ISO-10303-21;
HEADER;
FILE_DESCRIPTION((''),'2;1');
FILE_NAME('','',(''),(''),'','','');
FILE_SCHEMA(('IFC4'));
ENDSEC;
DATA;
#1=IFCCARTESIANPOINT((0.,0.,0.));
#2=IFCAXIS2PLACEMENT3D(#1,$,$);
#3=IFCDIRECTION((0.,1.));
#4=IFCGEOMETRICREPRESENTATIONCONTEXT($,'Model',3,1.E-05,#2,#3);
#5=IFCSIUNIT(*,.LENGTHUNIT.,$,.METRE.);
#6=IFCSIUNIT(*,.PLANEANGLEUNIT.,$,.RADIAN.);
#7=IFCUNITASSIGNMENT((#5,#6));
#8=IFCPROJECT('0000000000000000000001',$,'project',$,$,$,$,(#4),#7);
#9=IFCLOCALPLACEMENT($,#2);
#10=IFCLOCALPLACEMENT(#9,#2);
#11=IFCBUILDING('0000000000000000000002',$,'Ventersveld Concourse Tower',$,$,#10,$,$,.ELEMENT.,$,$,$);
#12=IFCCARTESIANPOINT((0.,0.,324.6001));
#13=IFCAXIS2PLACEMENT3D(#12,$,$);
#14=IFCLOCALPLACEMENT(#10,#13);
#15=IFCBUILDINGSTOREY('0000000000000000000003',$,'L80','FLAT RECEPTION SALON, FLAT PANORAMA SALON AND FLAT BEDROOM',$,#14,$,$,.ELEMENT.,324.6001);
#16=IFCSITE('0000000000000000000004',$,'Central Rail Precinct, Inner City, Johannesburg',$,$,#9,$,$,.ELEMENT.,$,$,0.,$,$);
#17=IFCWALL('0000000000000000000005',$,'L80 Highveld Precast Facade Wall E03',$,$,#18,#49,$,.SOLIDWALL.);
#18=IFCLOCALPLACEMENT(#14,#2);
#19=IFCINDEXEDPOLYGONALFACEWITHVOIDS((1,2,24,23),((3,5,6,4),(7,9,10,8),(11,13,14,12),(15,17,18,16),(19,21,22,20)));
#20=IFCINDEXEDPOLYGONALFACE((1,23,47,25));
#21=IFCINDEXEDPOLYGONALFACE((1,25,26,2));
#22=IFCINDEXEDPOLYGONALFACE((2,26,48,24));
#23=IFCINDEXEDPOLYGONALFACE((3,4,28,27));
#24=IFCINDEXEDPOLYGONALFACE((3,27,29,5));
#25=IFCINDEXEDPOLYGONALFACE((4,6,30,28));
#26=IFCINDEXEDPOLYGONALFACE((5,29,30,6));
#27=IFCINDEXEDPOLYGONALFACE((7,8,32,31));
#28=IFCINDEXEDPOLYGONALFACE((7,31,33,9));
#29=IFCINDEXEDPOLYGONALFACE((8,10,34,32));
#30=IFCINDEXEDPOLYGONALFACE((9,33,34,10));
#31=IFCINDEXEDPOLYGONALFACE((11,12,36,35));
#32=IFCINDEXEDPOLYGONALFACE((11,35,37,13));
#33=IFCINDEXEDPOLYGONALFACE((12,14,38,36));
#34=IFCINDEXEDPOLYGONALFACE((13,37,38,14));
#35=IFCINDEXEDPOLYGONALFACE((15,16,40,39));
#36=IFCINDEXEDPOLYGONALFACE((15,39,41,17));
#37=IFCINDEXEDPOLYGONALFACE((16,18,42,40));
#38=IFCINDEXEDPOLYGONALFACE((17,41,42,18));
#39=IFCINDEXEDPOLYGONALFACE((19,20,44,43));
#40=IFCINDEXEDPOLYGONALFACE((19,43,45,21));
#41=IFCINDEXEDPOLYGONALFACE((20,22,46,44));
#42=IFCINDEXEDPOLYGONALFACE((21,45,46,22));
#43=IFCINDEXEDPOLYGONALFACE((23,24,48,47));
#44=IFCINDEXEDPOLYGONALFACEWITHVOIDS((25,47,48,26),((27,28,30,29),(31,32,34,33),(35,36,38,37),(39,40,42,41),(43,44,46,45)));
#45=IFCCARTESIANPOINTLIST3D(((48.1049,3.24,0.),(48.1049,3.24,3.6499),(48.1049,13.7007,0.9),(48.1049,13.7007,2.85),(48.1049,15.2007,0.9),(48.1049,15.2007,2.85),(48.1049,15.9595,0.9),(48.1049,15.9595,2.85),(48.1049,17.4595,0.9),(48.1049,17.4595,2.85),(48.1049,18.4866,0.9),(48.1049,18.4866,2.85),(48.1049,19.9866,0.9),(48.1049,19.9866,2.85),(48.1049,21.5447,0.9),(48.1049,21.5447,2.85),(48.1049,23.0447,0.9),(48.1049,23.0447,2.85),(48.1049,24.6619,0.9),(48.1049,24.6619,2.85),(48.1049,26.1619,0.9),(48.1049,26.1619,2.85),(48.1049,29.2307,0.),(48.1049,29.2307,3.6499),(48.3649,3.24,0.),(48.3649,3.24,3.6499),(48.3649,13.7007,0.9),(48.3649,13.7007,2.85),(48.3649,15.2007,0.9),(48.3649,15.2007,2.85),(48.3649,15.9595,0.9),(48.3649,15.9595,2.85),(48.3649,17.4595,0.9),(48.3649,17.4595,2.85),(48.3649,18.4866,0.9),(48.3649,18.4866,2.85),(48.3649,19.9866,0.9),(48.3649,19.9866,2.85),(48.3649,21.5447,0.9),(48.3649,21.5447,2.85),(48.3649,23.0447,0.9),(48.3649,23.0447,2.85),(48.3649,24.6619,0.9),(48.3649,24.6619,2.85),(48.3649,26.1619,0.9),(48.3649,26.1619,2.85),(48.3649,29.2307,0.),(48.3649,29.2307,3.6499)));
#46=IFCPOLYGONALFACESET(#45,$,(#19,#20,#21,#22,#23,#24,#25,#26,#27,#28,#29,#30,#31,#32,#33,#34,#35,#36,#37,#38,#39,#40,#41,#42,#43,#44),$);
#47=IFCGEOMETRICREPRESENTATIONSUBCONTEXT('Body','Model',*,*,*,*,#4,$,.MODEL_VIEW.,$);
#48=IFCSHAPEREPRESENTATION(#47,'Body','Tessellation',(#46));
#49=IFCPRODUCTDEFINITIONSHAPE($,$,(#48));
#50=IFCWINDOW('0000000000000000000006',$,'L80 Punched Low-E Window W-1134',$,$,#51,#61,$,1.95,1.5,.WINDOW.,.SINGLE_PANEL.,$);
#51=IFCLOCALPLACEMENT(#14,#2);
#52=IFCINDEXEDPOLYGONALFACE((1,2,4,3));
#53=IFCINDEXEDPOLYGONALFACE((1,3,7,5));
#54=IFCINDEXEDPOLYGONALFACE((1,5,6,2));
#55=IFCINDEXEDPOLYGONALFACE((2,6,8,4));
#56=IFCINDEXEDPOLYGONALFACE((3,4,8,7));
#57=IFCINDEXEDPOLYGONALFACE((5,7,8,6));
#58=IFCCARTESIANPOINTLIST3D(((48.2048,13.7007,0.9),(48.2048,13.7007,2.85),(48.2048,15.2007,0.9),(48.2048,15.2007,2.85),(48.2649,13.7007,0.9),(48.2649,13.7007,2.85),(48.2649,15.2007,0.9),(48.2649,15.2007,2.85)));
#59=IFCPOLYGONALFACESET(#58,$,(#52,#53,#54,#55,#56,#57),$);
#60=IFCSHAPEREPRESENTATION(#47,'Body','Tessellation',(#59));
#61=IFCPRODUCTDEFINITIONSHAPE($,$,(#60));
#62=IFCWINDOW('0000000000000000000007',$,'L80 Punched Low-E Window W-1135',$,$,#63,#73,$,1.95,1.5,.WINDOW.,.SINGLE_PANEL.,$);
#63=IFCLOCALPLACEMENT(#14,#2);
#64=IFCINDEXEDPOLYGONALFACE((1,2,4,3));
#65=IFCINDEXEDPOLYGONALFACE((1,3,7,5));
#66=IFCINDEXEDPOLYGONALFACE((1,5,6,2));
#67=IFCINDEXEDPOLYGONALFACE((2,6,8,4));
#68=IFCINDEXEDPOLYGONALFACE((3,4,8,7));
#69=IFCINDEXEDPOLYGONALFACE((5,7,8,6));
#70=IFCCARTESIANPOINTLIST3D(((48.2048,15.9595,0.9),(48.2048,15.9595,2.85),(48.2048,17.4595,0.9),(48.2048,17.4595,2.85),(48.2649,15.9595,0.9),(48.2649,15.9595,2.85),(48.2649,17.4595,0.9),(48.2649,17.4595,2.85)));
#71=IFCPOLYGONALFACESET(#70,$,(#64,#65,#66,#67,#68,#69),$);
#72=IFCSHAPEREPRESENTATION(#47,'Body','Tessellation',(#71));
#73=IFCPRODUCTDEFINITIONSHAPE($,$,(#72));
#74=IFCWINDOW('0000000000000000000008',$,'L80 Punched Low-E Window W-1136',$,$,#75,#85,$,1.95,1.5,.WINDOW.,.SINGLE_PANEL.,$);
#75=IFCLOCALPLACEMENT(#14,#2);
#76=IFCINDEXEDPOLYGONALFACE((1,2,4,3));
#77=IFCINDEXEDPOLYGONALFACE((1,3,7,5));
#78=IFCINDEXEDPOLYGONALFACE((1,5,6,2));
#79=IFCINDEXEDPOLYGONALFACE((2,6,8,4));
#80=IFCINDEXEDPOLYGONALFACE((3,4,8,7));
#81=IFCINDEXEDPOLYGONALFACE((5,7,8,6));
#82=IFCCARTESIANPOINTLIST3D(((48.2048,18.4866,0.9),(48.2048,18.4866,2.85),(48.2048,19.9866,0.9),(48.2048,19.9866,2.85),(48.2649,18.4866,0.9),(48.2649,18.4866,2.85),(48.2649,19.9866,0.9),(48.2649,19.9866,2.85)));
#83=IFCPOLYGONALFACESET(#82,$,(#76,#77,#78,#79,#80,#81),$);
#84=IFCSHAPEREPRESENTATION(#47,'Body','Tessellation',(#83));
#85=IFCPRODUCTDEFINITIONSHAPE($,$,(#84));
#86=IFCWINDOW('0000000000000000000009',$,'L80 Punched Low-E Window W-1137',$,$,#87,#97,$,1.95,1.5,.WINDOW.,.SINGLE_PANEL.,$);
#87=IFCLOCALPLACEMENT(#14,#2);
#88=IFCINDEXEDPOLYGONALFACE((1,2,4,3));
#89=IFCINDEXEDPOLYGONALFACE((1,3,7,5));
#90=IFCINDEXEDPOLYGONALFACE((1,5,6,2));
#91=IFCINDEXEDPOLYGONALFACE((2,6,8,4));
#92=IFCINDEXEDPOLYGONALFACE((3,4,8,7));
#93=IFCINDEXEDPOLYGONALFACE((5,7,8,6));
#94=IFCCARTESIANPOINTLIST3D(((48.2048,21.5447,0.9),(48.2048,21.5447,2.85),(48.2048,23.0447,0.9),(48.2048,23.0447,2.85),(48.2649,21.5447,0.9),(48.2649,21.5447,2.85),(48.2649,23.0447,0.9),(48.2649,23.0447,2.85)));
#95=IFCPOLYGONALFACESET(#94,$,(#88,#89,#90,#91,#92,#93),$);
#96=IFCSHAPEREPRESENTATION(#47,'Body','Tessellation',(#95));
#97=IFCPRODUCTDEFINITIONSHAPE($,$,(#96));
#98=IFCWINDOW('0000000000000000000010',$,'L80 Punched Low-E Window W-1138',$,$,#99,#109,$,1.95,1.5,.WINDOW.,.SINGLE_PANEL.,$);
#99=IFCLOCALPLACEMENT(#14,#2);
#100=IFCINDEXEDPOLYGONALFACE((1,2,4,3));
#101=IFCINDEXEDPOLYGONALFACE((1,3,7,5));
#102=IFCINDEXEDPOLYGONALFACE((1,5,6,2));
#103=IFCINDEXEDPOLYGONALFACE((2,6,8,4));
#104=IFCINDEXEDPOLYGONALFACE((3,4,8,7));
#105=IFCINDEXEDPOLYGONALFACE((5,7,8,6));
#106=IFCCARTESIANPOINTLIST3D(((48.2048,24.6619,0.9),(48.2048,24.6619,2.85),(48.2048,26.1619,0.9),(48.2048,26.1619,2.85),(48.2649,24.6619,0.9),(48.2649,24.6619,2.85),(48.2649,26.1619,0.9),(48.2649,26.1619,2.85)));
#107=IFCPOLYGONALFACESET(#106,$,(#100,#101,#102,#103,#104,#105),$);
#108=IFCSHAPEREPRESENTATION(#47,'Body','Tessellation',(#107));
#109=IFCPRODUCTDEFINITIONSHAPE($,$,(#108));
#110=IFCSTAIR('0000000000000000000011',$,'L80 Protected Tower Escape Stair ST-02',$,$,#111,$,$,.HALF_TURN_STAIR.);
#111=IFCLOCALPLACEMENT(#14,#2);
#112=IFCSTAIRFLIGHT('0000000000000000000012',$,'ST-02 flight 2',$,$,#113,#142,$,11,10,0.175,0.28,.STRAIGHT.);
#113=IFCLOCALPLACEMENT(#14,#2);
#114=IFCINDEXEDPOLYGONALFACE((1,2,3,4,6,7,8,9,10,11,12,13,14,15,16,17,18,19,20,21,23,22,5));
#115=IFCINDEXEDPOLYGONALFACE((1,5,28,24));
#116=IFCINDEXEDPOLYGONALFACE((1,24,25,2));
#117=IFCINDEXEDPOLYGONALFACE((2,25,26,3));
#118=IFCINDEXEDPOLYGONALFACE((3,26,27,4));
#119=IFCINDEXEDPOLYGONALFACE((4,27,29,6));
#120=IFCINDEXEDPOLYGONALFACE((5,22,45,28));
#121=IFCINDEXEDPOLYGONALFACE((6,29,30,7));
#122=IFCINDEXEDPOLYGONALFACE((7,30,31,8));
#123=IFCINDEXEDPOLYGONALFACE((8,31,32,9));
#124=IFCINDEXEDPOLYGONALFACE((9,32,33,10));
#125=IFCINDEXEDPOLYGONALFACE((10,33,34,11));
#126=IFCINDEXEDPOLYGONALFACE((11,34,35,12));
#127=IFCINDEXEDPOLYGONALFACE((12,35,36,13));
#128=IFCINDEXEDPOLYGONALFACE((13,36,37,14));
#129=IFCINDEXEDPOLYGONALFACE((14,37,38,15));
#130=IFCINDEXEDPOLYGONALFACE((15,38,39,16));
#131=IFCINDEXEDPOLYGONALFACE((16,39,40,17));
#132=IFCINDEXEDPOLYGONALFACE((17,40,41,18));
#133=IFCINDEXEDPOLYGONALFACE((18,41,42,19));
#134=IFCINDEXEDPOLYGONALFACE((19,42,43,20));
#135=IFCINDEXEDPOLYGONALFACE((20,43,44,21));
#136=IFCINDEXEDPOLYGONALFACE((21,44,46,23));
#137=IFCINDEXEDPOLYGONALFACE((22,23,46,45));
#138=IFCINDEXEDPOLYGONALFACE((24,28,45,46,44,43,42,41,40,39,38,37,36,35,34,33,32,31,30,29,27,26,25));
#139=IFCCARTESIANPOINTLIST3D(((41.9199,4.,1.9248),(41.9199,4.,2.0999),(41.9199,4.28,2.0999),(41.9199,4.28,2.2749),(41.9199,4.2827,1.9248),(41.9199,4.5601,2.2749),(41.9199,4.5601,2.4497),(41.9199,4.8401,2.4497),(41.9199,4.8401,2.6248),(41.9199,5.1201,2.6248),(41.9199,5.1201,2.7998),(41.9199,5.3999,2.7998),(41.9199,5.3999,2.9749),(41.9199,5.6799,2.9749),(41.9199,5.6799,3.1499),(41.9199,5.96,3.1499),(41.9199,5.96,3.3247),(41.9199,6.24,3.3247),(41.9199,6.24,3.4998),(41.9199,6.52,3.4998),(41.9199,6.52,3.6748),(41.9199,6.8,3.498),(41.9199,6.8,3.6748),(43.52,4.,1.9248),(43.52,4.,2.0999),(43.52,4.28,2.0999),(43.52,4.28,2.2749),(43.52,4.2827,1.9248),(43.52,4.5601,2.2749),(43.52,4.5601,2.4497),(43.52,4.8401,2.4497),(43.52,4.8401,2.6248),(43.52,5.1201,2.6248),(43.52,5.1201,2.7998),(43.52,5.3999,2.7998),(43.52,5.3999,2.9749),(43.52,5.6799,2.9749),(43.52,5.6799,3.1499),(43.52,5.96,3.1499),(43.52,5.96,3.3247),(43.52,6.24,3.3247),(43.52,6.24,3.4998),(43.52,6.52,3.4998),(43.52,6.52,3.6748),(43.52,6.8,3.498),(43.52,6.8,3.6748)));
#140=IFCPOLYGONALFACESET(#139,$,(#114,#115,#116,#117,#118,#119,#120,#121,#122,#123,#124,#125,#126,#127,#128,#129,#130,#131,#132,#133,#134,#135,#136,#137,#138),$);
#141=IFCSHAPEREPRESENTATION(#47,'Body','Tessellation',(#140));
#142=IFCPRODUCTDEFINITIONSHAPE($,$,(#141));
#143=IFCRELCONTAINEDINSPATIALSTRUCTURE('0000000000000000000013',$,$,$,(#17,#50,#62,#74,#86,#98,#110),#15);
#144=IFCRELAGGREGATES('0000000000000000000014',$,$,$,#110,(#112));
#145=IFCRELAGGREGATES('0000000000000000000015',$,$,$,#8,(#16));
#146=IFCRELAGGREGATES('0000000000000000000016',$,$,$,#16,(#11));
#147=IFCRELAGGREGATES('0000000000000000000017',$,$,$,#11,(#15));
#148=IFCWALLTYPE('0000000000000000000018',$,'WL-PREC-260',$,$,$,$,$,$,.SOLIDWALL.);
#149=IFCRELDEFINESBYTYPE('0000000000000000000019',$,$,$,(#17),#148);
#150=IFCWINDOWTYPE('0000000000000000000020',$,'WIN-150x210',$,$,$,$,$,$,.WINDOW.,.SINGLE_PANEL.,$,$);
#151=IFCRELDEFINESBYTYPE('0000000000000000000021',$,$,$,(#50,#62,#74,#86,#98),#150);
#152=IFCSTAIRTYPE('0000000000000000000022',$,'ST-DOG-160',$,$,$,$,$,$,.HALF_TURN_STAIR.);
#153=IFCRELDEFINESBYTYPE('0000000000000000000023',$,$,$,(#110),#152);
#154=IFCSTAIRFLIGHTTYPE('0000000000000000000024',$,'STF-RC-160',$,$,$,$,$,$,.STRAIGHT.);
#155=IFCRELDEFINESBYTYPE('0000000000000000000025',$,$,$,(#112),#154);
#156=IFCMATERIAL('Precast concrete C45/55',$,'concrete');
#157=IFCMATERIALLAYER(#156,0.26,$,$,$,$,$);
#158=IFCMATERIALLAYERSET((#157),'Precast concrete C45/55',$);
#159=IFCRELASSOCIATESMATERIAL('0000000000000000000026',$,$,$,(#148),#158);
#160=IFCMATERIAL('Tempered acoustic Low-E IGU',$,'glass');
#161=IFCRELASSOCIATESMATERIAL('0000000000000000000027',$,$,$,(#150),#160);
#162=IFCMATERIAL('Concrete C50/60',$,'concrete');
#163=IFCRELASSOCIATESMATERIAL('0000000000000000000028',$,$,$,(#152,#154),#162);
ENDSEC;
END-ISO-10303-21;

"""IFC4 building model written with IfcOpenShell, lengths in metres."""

from ifc_helpers import new_model, si_unit, direction, frame, frame_2d, origin, place, context, subcontext, project, spatial, polyline, rectangle, outline, extrude, material, layer, layer_set, type_object, element, fill, aggregate, save


model = new_model("IFC4")

# Units and contexts
model_context = context("Model", 3, precision=1e-05, world=origin(), true_north=direction((0.0, 1.0)))
body_context = subcontext(model_context, "Body", "Model", "MODEL_VIEW")
ifc_project = project(units=[si_unit("LENGTHUNIT", "METRE"), si_unit("PLANEANGLEUNIT", "RADIAN")], contexts=[model_context])

# Site, building, storey
site_placement = place(None, origin())
site = spatial("IfcSite", under=ifc_project, at=site_placement, Name="Central Rail Precinct, Inner City, Johannesburg", CompositionType="ELEMENT", RefElevation=0.0)
building_placement = place(site_placement, origin())
building = spatial("IfcBuilding", under=site, at=building_placement, Name="Ventersveld Concourse Tower", CompositionType="ELEMENT")
storey_placement = place(building_placement, frame((0.0, 0.0, 324.6001)))
storey = spatial("IfcBuildingStorey", under=building, at=storey_placement, Name="L80", Description="FLAT RECEPTION SALON, FLAT PANORAMA SALON AND FLAT BEDROOM", CompositionType="ELEMENT", Elevation=324.6001)

# Shared definitions
ifc_material_1 = material(Name="Concrete C50/60", Category="concrete")

# Shared definitions
ifc_material_2 = material(Name="Precast concrete C45/55", Category="concrete")
ifc_layer_1 = layer(ifc_material_2, 0.26)
ifc_layer_set_1 = layer_set([ifc_layer_1], Name="Precast concrete C45/55")
wall_type_1 = type_object("IfcWallType", Name="WL-PREC-260", PredefinedType="SOLIDWALL", material=ifc_layer_set_1)

# Shared definitions
ifc_material_3 = material(Name="Tempered acoustic Low-E IGU", Category="glass")
window_type = type_object("IfcWindowType", Name="WIN-150x210", PartitioningType="SINGLE_PANEL", PredefinedType="WINDOW", material=ifc_material_3)

# Wall, openings, windows
wall_1_placement = place(storey_placement, frame((48.2349, 3.24, 0.0), z_axis=(0.0, 0.0, 1.0), x_axis=(0.0, 1.0, 0.0)))
wall_1 = element("IfcWall", 1, at=wall_1_placement, inside=storey, type_object=wall_type_1, Name="L80 Highveld Precast Facade Wall E03", PredefinedType="SOLIDWALL", context=body_context, shape_type="SweptSolid", body=[
    extrude(rectangle(XDim=25.9907, YDim=0.26, at=frame_2d((12.9954, 0.0))), origin(), (0.0, 0.0, 1.0), 3.6499),
])
opening_1_placement = place(wall_1_placement, frame((10.4607, 0.0, 0.8999)))
opening_1 = element("IfcOpeningElement", 2, at=opening_1_placement, cuts=wall_1, PredefinedType="OPENING", context=body_context, shape_type="SweptSolid", body=[
    extrude(rectangle(XDim=1.5, YDim=1.95, at=frame_2d((0.75, 0.9751))), frame((0.0, 0.1401, 0.0), z_axis=(0.0, -1.0, 0.0), x_axis=(1.0, 0.0, 0.0)), (0.0, 0.0, 1.0), 0.28),
])
opening_2_placement = place(wall_1_placement, frame((12.7195, 0.0, 0.8999)))
opening_2 = element("IfcOpeningElement", 3, at=opening_2_placement, cuts=wall_1, PredefinedType="OPENING", context=body_context, shape_type="SweptSolid", body=[
    extrude(rectangle(XDim=1.5, YDim=1.95, at=frame_2d((0.75, 0.9751))), frame((0.0, 0.1401, 0.0), z_axis=(0.0, -1.0, 0.0), x_axis=(1.0, 0.0, 0.0)), (0.0, 0.0, 1.0), 0.28),
])
opening_3_placement = place(wall_1_placement, frame((15.2466, 0.0, 0.8999)))
opening_3 = element("IfcOpeningElement", 4, at=opening_3_placement, cuts=wall_1, PredefinedType="OPENING", context=body_context, shape_type="SweptSolid", body=[
    extrude(rectangle(XDim=1.5, YDim=1.95, at=frame_2d((0.75, 0.9751))), frame((0.0, 0.1401, 0.0), z_axis=(0.0, -1.0, 0.0), x_axis=(1.0, 0.0, 0.0)), (0.0, 0.0, 1.0), 0.28),
])
opening_4_placement = place(wall_1_placement, frame((18.3047, 0.0, 0.8999)))
opening_4 = element("IfcOpeningElement", 5, at=opening_4_placement, cuts=wall_1, PredefinedType="OPENING", context=body_context, shape_type="SweptSolid", body=[
    extrude(rectangle(XDim=1.5, YDim=1.95, at=frame_2d((0.75, 0.9751))), frame((0.0, 0.1401, 0.0), z_axis=(0.0, -1.0, 0.0), x_axis=(1.0, 0.0, 0.0)), (0.0, 0.0, 1.0), 0.28),
])
opening_5_placement = place(wall_1_placement, frame((21.4219, 0.0, 0.8999)))
opening_5 = element("IfcOpeningElement", 6, at=opening_5_placement, cuts=wall_1, PredefinedType="OPENING", context=body_context, shape_type="SweptSolid", body=[
    extrude(rectangle(XDim=1.5, YDim=1.95, at=frame_2d((0.75, 0.9751))), frame((0.0, 0.1401, 0.0), z_axis=(0.0, -1.0, 0.0), x_axis=(1.0, 0.0, 0.0)), (0.0, 0.0, 1.0), 0.28),
])
window_1_placement = place(opening_1_placement, origin())
window_1 = element("IfcWindow", 7, at=window_1_placement, inside=storey, type_object=window_type, Name="L80 Punched Low-E Window W-1134", OverallHeight=1.95, OverallWidth=1.5, PartitioningType="SINGLE_PANEL", PredefinedType="WINDOW", context=body_context, shape_type="SweptSolid", body=[
    extrude(rectangle(XDim=1.5, YDim=1.95, at=frame_2d((0.75, 0.9751))), frame((0.0, 0.03, 0.0), z_axis=(0.0, -1.0, 0.0), x_axis=(1.0, 0.0, 0.0)), (0.0, 0.0, 1.0), 0.0601),
])
fill(opening_1, window_1)
window_2_placement = place(opening_2_placement, origin())
window_2 = element("IfcWindow", 8, at=window_2_placement, inside=storey, type_object=window_type, Name="L80 Punched Low-E Window W-1135", OverallHeight=1.95, OverallWidth=1.5, PartitioningType="SINGLE_PANEL", PredefinedType="WINDOW", context=body_context, shape_type="SweptSolid", body=[
    extrude(rectangle(XDim=1.5, YDim=1.95, at=frame_2d((0.75, 0.9751))), frame((0.0, 0.03, 0.0), z_axis=(0.0, -1.0, 0.0), x_axis=(1.0, 0.0, 0.0)), (0.0, 0.0, 1.0), 0.0601),
])
fill(opening_2, window_2)
window_3_placement = place(opening_3_placement, origin())
window_3 = element("IfcWindow", 9, at=window_3_placement, inside=storey, type_object=window_type, Name="L80 Punched Low-E Window W-1136", OverallHeight=1.95, OverallWidth=1.5, PartitioningType="SINGLE_PANEL", PredefinedType="WINDOW", context=body_context, shape_type="SweptSolid", body=[
    extrude(rectangle(XDim=1.5, YDim=1.95, at=frame_2d((0.75, 0.9751))), frame((0.0, 0.03, 0.0), z_axis=(0.0, -1.0, 0.0), x_axis=(1.0, 0.0, 0.0)), (0.0, 0.0, 1.0), 0.0601),
])
fill(opening_3, window_3)
window_4_placement = place(opening_4_placement, origin())
window_4 = element("IfcWindow", 10, at=window_4_placement, inside=storey, type_object=window_type, Name="L80 Punched Low-E Window W-1137", OverallHeight=1.95, OverallWidth=1.5, PartitioningType="SINGLE_PANEL", PredefinedType="WINDOW", context=body_context, shape_type="SweptSolid", body=[
    extrude(rectangle(XDim=1.5, YDim=1.95, at=frame_2d((0.75, 0.9751))), frame((0.0, 0.03, 0.0), z_axis=(0.0, -1.0, 0.0), x_axis=(1.0, 0.0, 0.0)), (0.0, 0.0, 1.0), 0.0601),
])
fill(opening_4, window_4)
window_5_placement = place(opening_5_placement, origin())
window_5 = element("IfcWindow", 11, at=window_5_placement, inside=storey, type_object=window_type, Name="L80 Punched Low-E Window W-1138", OverallHeight=1.95, OverallWidth=1.5, PartitioningType="SINGLE_PANEL", PredefinedType="WINDOW", context=body_context, shape_type="SweptSolid", body=[
    extrude(rectangle(XDim=1.5, YDim=1.95, at=frame_2d((0.75, 0.9751))), frame((0.0, 0.03, 0.0), z_axis=(0.0, -1.0, 0.0), x_axis=(1.0, 0.0, 0.0)), (0.0, 0.0, 1.0), 0.0601),
])
fill(opening_5, window_5)

# Stair, stair flight
stair_type = type_object("IfcStairType", Name="ST-DOG-160", PredefinedType="HALF_TURN_STAIR", material=ifc_material_1)
stair_placement = place(storey_placement, origin())
stair = element("IfcStair", 12, at=stair_placement, inside=storey, type_object=stair_type, Name="L80 Protected Tower Escape Stair ST-02", PredefinedType="HALF_TURN_STAIR")
stair_flight_type = type_object("IfcStairFlightType", Name="STF-RC-160", PredefinedType="STRAIGHT", material=ifc_material_1)
stair_flight_placement = place(storey_placement, frame((42.72, 4.0, 1.9248), z_axis=(0.0, 0.0, 1.0), x_axis=(0.0, 1.0, 0.0)))
stair_flight = element("IfcStairFlight", 13, at=stair_flight_placement, type_object=stair_flight_type, Name="ST-02 flight 2", NumberOfRisers=11, NumberOfTreads=10, PredefinedType="STRAIGHT", RiserHeight=0.175, TreadLength=0.28, context=body_context, shape_type="SweptSolid", body=[
    extrude(outline(polyline([(0.0, 0.0), (0.0, 0.175), (0.28, 0.175), (0.28, 0.3501), (0.5601, 0.3501), (0.5601, 0.5249), (0.8401, 0.5249), (0.8401, 0.7), (1.1201, 0.7), (1.1201, 0.875), (1.3999, 0.875), (1.3999, 1.05), (1.6799, 1.05), (1.6799, 1.2251), (1.96, 1.2251), (1.96, 1.3999), (2.24, 1.3999), (2.24, 1.575), (2.52, 1.575), (2.52, 1.75), (2.8, 1.75), (2.8, 1.925), (2.8, 1.5732), (0.2827, 0.0), (0.0, 0.0)])), frame((0.0, 0.8, 0.0), z_axis=(0.0, -1.0, 0.0), x_axis=(1.0, 0.0, 0.0)), (0.0, 0.0, 1.0), 1.6001),
])
aggregate(stair, [stair_flight])

save(model, "model.ifc")
